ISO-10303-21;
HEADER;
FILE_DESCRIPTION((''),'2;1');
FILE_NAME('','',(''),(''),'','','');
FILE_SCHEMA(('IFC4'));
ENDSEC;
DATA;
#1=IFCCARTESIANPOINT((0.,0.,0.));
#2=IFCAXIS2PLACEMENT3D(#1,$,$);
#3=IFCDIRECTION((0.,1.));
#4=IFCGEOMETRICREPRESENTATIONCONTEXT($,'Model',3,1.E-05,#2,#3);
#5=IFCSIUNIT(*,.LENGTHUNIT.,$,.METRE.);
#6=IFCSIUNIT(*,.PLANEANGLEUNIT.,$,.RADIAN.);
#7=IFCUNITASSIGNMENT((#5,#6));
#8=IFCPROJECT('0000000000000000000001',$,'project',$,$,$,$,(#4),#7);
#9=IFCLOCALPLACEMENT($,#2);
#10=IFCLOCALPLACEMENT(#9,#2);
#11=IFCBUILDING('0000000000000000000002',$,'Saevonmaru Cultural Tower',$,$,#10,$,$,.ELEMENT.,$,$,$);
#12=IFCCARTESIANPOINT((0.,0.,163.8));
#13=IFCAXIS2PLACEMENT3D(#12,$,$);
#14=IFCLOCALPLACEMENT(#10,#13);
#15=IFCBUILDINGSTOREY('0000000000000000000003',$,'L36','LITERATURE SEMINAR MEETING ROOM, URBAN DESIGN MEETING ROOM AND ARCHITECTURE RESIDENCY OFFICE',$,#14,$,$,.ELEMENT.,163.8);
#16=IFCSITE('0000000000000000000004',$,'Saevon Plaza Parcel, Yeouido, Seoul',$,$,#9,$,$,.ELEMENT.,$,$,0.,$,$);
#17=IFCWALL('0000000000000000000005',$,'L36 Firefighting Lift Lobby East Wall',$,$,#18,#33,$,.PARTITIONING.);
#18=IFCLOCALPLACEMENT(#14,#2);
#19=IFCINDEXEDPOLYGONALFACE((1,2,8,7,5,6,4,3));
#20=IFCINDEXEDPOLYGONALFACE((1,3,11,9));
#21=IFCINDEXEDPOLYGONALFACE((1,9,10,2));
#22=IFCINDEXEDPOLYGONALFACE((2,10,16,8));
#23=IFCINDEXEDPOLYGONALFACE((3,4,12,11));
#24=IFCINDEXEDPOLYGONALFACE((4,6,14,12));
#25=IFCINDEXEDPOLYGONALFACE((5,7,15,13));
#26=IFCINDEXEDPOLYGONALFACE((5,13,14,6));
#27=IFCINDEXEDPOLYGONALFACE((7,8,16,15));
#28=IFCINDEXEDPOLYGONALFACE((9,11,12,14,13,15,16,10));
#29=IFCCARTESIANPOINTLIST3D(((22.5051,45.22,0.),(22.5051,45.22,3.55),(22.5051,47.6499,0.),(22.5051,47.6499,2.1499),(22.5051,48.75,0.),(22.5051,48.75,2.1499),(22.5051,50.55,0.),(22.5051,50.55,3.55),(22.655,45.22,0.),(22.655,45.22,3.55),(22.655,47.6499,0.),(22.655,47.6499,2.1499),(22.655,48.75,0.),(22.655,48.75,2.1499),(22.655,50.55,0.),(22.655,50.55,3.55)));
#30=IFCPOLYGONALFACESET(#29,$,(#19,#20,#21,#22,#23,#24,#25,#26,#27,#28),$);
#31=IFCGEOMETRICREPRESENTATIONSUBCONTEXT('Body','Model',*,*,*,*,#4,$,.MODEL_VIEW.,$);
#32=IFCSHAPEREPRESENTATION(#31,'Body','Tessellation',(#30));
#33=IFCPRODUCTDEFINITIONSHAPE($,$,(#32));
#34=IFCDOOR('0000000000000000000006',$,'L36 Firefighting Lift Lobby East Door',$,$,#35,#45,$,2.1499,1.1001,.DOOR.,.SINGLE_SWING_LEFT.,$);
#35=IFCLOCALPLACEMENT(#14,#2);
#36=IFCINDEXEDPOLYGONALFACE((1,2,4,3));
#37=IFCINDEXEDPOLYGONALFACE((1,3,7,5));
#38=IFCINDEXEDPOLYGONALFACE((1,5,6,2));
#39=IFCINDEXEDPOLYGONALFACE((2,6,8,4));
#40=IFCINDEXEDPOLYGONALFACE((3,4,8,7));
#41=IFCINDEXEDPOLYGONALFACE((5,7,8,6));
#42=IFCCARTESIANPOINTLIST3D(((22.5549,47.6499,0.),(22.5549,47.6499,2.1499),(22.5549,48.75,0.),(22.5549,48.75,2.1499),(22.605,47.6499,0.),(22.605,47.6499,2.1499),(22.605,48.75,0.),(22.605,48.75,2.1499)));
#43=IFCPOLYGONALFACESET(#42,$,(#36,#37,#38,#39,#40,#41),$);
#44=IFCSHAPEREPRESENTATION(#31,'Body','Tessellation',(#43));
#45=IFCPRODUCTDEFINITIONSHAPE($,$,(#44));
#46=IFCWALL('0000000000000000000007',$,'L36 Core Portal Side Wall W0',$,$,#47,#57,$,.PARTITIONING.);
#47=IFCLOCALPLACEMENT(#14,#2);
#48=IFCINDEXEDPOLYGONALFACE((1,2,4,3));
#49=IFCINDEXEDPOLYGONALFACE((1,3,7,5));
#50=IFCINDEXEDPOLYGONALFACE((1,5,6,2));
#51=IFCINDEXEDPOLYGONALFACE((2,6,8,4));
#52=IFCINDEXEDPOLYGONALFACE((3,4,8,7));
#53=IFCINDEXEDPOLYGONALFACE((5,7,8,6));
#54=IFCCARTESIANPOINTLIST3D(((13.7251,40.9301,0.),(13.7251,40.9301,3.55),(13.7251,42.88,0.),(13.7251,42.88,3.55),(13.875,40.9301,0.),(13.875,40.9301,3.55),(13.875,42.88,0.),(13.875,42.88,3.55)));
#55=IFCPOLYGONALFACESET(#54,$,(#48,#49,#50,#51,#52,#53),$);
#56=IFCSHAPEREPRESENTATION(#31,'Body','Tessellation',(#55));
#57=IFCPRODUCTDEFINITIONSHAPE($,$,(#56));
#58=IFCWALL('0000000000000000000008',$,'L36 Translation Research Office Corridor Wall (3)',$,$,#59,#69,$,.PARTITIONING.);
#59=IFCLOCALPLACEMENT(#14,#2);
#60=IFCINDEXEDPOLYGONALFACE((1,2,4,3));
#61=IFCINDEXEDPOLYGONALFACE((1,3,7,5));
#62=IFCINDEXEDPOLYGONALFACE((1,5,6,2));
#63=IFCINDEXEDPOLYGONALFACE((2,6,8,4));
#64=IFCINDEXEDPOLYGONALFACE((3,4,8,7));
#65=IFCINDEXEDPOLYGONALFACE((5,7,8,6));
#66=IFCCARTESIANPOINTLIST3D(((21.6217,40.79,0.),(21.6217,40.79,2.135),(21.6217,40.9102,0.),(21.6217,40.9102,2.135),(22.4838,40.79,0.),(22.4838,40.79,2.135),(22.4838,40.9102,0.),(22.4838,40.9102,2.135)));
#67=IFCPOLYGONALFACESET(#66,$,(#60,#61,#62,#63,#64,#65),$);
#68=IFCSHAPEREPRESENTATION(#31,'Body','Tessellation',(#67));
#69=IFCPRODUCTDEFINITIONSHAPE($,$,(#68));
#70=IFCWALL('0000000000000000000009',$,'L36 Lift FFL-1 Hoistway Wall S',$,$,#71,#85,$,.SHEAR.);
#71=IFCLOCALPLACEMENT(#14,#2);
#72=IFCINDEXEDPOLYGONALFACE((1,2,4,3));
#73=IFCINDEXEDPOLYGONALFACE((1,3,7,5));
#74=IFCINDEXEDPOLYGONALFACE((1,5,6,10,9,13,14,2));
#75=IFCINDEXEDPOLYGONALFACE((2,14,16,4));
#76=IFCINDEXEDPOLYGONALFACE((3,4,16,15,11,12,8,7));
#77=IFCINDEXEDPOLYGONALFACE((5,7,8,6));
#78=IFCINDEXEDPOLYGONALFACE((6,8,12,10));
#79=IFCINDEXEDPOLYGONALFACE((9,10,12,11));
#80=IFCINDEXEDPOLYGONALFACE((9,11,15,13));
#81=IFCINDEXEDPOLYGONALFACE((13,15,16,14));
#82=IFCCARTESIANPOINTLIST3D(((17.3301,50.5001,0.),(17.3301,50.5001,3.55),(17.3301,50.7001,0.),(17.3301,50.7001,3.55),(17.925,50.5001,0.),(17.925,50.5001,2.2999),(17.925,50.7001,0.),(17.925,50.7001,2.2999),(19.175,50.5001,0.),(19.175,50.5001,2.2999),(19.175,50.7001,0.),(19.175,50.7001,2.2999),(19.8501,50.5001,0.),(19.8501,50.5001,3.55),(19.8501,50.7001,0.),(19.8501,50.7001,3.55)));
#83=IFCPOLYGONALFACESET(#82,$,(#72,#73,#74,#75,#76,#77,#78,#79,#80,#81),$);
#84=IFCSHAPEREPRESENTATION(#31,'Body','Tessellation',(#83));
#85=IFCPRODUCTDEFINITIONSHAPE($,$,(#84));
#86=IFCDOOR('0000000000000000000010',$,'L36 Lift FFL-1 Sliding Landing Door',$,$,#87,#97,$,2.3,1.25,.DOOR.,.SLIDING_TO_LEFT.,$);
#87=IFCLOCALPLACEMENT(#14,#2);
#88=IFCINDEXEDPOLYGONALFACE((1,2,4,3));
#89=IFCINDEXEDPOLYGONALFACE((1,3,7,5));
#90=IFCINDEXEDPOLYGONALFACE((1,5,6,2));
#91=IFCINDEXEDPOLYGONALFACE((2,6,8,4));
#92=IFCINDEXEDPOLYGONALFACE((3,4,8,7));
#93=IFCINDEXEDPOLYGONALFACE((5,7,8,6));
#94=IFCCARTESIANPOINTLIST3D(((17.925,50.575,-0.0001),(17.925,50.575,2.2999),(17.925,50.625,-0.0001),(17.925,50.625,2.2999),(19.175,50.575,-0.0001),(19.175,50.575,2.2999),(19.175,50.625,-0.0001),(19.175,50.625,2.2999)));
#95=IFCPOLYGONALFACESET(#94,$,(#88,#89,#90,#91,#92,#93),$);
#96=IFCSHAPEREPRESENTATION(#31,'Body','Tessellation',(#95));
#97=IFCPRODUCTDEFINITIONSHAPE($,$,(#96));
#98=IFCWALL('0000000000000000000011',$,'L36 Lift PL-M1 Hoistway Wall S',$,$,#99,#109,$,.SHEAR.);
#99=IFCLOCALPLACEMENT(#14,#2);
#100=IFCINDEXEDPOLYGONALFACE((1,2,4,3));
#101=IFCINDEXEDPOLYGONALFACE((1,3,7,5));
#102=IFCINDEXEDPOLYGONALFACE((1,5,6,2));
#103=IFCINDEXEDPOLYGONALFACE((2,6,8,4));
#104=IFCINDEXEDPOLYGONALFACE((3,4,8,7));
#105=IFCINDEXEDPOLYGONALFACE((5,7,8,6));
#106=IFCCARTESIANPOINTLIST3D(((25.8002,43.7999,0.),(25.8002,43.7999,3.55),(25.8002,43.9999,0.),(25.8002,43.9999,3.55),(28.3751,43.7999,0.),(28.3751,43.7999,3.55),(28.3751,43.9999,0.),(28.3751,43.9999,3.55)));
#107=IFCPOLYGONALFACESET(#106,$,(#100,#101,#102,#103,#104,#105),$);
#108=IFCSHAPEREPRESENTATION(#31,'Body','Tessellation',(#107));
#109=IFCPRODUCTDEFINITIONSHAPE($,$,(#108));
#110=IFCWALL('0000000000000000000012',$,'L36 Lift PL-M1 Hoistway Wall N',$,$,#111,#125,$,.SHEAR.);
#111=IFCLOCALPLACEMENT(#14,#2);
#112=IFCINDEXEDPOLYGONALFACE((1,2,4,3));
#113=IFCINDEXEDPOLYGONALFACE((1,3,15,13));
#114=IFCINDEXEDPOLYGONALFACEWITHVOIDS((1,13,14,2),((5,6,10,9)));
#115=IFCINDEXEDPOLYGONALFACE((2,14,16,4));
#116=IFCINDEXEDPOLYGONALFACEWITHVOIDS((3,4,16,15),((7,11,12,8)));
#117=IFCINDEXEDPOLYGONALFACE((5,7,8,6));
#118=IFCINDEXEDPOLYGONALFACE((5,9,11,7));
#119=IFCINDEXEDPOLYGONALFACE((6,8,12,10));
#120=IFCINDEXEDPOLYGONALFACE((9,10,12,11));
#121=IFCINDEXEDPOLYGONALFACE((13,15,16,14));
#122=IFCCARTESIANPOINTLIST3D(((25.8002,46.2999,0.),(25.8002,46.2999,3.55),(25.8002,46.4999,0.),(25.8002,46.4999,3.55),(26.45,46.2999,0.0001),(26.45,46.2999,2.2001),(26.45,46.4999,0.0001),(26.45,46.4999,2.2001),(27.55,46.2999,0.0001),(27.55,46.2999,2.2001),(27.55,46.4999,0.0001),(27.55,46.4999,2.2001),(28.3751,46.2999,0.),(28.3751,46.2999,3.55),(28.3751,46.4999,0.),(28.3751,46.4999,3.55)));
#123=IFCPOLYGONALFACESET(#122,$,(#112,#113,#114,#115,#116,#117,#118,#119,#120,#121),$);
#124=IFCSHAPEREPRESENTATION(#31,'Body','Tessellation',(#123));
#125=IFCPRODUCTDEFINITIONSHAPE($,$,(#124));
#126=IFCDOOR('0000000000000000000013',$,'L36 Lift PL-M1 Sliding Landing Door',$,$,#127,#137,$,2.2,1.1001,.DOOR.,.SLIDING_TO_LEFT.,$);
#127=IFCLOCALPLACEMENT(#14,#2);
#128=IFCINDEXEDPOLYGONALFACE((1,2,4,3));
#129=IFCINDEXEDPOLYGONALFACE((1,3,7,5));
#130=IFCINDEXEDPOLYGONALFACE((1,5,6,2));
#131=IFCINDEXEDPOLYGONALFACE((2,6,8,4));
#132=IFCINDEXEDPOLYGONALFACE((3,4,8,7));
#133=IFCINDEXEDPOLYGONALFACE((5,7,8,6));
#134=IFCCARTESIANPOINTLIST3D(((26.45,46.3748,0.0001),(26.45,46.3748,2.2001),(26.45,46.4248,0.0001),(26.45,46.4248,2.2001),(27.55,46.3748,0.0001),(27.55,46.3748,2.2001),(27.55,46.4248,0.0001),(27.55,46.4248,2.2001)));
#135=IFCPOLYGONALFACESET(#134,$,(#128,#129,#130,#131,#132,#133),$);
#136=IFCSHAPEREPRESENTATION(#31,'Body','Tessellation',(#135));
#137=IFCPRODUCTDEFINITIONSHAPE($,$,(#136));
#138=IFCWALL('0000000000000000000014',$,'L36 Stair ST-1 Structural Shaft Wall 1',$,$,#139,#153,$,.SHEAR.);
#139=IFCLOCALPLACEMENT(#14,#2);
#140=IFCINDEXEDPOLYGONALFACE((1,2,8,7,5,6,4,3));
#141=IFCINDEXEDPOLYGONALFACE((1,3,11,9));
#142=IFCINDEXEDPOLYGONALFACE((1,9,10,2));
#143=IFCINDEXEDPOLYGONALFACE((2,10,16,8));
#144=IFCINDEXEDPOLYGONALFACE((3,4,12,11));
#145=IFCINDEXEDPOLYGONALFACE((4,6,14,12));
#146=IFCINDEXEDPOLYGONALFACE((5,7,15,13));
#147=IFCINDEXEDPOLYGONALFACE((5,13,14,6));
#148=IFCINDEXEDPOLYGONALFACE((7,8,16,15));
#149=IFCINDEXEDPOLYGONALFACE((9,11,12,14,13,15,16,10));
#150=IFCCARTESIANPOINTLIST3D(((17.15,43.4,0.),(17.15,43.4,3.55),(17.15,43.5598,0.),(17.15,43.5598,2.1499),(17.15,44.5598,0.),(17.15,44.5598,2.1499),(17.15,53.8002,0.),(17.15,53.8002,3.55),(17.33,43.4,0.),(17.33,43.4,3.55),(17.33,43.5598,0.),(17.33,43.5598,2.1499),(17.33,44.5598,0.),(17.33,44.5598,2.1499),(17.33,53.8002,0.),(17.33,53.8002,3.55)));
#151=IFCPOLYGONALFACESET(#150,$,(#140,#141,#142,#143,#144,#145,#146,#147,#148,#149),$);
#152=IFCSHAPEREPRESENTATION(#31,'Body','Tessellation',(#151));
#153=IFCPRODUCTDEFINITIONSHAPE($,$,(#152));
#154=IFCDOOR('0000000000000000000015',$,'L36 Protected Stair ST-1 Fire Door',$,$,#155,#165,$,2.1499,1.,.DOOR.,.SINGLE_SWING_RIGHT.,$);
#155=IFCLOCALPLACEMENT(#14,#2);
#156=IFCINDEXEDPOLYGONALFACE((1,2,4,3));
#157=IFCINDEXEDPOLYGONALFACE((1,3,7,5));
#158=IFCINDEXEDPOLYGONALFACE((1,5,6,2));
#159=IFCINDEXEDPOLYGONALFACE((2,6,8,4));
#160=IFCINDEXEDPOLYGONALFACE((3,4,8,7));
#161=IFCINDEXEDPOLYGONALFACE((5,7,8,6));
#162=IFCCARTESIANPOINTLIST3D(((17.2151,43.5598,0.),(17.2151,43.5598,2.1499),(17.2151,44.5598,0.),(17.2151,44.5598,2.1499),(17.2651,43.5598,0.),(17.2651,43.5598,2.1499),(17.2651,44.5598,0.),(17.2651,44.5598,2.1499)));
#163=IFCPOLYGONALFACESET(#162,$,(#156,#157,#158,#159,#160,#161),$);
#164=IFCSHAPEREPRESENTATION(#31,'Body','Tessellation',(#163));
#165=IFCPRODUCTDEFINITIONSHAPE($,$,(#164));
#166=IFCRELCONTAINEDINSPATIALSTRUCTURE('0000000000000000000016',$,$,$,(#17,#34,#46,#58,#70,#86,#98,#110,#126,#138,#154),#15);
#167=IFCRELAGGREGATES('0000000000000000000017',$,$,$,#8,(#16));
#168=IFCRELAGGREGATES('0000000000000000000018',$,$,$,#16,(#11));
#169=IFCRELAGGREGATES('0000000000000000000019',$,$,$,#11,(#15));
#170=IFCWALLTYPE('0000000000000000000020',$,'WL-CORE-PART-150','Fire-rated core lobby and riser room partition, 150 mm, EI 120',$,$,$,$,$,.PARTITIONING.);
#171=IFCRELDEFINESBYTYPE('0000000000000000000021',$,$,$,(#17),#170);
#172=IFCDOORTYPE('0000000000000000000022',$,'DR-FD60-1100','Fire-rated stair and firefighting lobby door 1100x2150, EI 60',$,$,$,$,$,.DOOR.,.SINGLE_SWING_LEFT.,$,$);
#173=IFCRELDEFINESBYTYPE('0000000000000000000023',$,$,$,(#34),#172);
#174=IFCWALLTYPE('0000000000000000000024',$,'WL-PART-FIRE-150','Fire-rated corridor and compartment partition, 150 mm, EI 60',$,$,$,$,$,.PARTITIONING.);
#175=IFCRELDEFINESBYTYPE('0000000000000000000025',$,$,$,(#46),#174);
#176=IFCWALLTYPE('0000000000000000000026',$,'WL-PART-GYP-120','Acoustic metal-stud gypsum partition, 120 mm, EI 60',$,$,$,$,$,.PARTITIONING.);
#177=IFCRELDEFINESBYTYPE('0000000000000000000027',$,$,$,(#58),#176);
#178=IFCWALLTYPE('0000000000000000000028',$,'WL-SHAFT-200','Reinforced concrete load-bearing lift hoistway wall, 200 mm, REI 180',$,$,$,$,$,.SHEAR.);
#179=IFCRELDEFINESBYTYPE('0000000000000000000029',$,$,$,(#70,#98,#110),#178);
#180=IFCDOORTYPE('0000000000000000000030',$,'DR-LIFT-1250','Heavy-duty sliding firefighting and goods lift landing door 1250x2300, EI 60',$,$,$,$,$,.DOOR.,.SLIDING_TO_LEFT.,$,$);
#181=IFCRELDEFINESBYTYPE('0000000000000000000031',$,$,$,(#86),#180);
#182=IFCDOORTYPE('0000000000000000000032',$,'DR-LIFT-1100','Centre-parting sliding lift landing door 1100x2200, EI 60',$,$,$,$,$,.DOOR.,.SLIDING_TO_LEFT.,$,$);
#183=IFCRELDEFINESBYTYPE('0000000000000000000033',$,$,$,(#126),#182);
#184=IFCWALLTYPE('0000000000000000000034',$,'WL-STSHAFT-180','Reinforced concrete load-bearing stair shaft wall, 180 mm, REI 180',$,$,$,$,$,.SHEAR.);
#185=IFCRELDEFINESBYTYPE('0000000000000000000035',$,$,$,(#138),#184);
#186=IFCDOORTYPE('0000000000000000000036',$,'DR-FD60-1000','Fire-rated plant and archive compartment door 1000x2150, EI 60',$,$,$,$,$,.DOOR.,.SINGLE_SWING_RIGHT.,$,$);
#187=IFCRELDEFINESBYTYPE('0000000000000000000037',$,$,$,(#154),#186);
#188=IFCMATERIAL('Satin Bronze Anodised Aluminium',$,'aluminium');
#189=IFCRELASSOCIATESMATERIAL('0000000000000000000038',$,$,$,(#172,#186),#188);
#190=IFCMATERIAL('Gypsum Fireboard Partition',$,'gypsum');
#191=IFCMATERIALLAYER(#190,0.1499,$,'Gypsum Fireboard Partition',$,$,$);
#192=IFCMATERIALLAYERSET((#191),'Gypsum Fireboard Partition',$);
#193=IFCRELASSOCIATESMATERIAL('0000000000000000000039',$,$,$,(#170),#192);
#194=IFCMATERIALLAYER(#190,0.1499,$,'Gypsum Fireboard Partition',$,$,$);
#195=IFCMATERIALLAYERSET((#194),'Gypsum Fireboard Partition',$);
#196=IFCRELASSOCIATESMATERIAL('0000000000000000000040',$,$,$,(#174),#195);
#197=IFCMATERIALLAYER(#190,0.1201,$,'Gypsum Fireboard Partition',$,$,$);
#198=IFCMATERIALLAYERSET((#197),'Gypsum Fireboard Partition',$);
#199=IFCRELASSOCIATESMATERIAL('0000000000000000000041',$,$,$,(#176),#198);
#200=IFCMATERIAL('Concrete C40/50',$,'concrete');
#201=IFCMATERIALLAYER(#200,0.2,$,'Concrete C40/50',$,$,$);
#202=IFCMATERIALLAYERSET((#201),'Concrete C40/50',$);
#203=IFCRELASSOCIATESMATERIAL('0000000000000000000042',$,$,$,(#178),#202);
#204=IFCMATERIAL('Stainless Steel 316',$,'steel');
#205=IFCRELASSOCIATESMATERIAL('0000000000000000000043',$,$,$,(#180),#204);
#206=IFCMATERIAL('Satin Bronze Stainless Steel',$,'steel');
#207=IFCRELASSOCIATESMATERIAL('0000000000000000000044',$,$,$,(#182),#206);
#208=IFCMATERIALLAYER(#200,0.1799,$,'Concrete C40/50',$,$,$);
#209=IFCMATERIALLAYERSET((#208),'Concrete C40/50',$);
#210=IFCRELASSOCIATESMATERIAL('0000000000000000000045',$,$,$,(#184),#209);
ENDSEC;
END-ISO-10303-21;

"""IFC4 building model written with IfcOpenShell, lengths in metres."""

from ifc_helpers import new_model, si_unit, direction, frame, frame_2d, origin, place, context, subcontext, project, spatial, rectangle, extrude, material, layer, layer_set, type_object, element, fill, save


model = new_model("IFC4")

# Units and contexts
model_context = context("Model", 3, precision=1e-05, world=origin(), true_north=direction((0.0, 1.0)))
body_context = subcontext(model_context, "Body", "Model", "MODEL_VIEW")
ifc_project = project(units=[si_unit("LENGTHUNIT", "METRE"), si_unit("PLANEANGLEUNIT", "RADIAN")], contexts=[model_context])

# Site, building, storey
site_placement = place(None, origin())
site = spatial("IfcSite", under=ifc_project, at=site_placement, Name="Saevon Plaza Parcel, Yeouido, Seoul", CompositionType="ELEMENT", RefElevation=0.0)
building_placement = place(site_placement, origin())
building = spatial("IfcBuilding", under=site, at=building_placement, Name="Saevonmaru Cultural Tower", CompositionType="ELEMENT")
storey_placement = place(building_placement, frame((0.0, 0.0, 163.8)))
storey = spatial("IfcBuildingStorey", under=building, at=storey_placement, Name="L36", Description="LITERATURE SEMINAR MEETING ROOM, URBAN DESIGN MEETING ROOM AND ARCHITECTURE RESIDENCY OFFICE", CompositionType="ELEMENT", Elevation=163.8)

# Shared definitions
ifc_material_1 = material(Name="Satin Bronze Anodised Aluminium", Category="aluminium")
door_type_1 = type_object("IfcDoorType", Name="DR-FD60-1100", Description="Fire-rated stair and firefighting lobby door 1100x2150, EI 60", OperationType="SINGLE_SWING_LEFT", PredefinedType="DOOR", material=ifc_material_1)

# Wall, opening, door
ifc_material_2 = material(Name="Gypsum Fireboard Partition", Category="gypsum")
ifc_layer_1 = layer(ifc_material_2, 0.1499, Name="Gypsum Fireboard Partition")
ifc_layer_set_1 = layer_set([ifc_layer_1], Name="Gypsum Fireboard Partition")
wall_type_1 = type_object("IfcWallType", Name="WL-CORE-PART-150", Description="Fire-rated core lobby and riser room partition, 150 mm, EI 120", PredefinedType="PARTITIONING", material=ifc_layer_set_1)
wall_1_placement = place(storey_placement, frame((22.5801, 50.55, 0.0), z_axis=(0.0, 0.0, 1.0), x_axis=(0.0, -1.0, 0.0)))
wall_1 = element("IfcWall", 1, at=wall_1_placement, inside=storey, type_object=wall_type_1, Name="L36 Firefighting Lift Lobby East Wall", PredefinedType="PARTITIONING", context=body_context, shape_type="SweptSolid", body=[
    extrude(rectangle(XDim=5.3301, YDim=0.1499, at=frame_2d((2.665, 0.0))), origin(), (0.0, 0.0, 1.0), 3.55),
])
opening_1_placement = place(wall_1_placement, frame((1.8, 0.0, 0.0)))
opening_1 = element("IfcOpeningElement", 2, at=opening_1_placement, cuts=wall_1, PredefinedType="OPENING", context=body_context, shape_type="SweptSolid", body=[
    extrude(rectangle(XDim=1.1001, YDim=2.1499, at=frame_2d((0.55, 1.075))), frame((0.0, 0.085, 0.0), z_axis=(0.0, -1.0, 0.0), x_axis=(1.0, 0.0, 0.0)), (0.0, 0.0, 1.0), 0.1699),
])
door_1_placement = place(opening_1_placement, origin())
door_1 = element("IfcDoor", 3, at=door_1_placement, inside=storey, type_object=door_type_1, Name="L36 Firefighting Lift Lobby East Door", OperationType="SINGLE_SWING_LEFT", OverallHeight=2.1499, OverallWidth=1.1001, PredefinedType="DOOR", context=body_context, shape_type="SweptSolid", body=[
    extrude(rectangle(XDim=1.1001, YDim=2.1499, at=frame_2d((0.55, 1.075))), frame((0.0, 0.0249, 0.0), z_axis=(0.0, -1.0, 0.0), x_axis=(1.0, 0.0, 0.0)), (0.0, 0.0, 1.0), 0.05),
])
fill(opening_1, door_1)

# Walls
ifc_layer_2 = layer(ifc_material_2, 0.1499, Name="Gypsum Fireboard Partition")
ifc_layer_set_2 = layer_set([ifc_layer_2], Name="Gypsum Fireboard Partition")
wall_type_2 = type_object("IfcWallType", Name="WL-PART-FIRE-150", Description="Fire-rated corridor and compartment partition, 150 mm, EI 60", PredefinedType="PARTITIONING", material=ifc_layer_set_2)
wall_2_placement = place(storey_placement, frame((13.8, 40.9299, 0.0), z_axis=(0.0, 0.0, 1.0), x_axis=(0.0, 1.0, 0.0)))
element("IfcWall", 4, at=wall_2_placement, inside=storey, type_object=wall_type_2, Name="L36 Core Portal Side Wall W0", PredefinedType="PARTITIONING", context=body_context, shape_type="SweptSolid", body=[
    extrude(rectangle(XDim=1.95, YDim=0.1499, at=frame_2d((0.9751, 0.0))), origin(), (0.0, 0.0, 1.0), 3.55),
])
ifc_layer_3 = layer(ifc_material_2, 0.1201, Name="Gypsum Fireboard Partition")
ifc_layer_set_3 = layer_set([ifc_layer_3], Name="Gypsum Fireboard Partition")
wall_type_3 = type_object("IfcWallType", Name="WL-PART-GYP-120", Description="Acoustic metal-stud gypsum partition, 120 mm, EI 60", PredefinedType="PARTITIONING", material=ifc_layer_set_3)
wall_3_placement = place(storey_placement, frame((21.6216, 40.8501, 0.0), z_axis=(0.0, 0.0, 1.0), x_axis=(1.0, 0.0, 0.0)))
element("IfcWall", 5, at=wall_3_placement, inside=storey, type_object=wall_type_3, Name="L36 Translation Research Office Corridor Wall (3)", PredefinedType="PARTITIONING", context=body_context, shape_type="SweptSolid", body=[
    extrude(rectangle(XDim=0.8621, YDim=0.1201, at=frame_2d((0.4312, 0.0))), origin(), (0.0, 0.0, 1.0), 2.135),
])

# Wall, opening, door
ifc_material_3 = material(Name="Concrete C40/50", Category="concrete")
ifc_layer_4 = layer(ifc_material_3, 0.2, Name="Concrete C40/50")
ifc_layer_set_4 = layer_set([ifc_layer_4], Name="Concrete C40/50")
wall_type_4 = type_object("IfcWallType", Name="WL-SHAFT-200", Description="Reinforced concrete load-bearing lift hoistway wall, 200 mm, REI 180", PredefinedType="SHEAR", material=ifc_layer_set_4)
wall_4_placement = place(storey_placement, frame((17.3301, 50.6001, 0.0), z_axis=(0.0, 0.0, 1.0), x_axis=(1.0, 0.0, 0.0)))
wall_4 = element("IfcWall", 6, at=wall_4_placement, inside=storey, type_object=wall_type_4, Name="L36 Lift FFL-1 Hoistway Wall S", PredefinedType="SHEAR", context=body_context, shape_type="SweptSolid", body=[
    extrude(rectangle(XDim=2.52, YDim=0.2, at=frame_2d((1.26, 0.0))), origin(), (0.0, 0.0, 1.0), 3.55),
])
opening_2_placement = place(wall_4_placement, frame((0.595, 0.0, 0.0)))
opening_2 = element("IfcOpeningElement", 7, at=opening_2_placement, cuts=wall_4, PredefinedType="OPENING", context=body_context, shape_type="SweptSolid", body=[
    extrude(rectangle(XDim=1.25, YDim=2.3, at=frame_2d((0.625, 1.1499))), frame((0.0, 0.1099, 0.0), z_axis=(0.0, -1.0, 0.0), x_axis=(1.0, 0.0, 0.0)), (0.0, 0.0, 1.0), 0.22),
])
ifc_material_4 = material(Name="Stainless Steel 316", Category="steel")
door_type_2 = type_object("IfcDoorType", Name="DR-LIFT-1250", Description="Heavy-duty sliding firefighting and goods lift landing door 1250x2300, EI 60", OperationType="SLIDING_TO_LEFT", PredefinedType="DOOR", material=ifc_material_4)
door_2_placement = place(opening_2_placement, origin())
door_2 = element("IfcDoor", 8, at=door_2_placement, inside=storey, type_object=door_type_2, Name="L36 Lift FFL-1 Sliding Landing Door", OperationType="SLIDING_TO_LEFT", OverallHeight=2.3, OverallWidth=1.25, PredefinedType="DOOR", context=body_context, shape_type="SweptSolid", body=[
    extrude(rectangle(XDim=1.25, YDim=2.3, at=frame_2d((0.625, 1.1499))), frame((0.0, 0.0249, 0.0), z_axis=(0.0, -1.0, 0.0), x_axis=(1.0, 0.0, 0.0)), (0.0, 0.0, 1.0), 0.05),
])
fill(opening_2, door_2)

# Wall
wall_5_placement = place(storey_placement, frame((25.8, 43.8999, 0.0), z_axis=(0.0, 0.0, 1.0), x_axis=(1.0, 0.0, 0.0)))
element("IfcWall", 9, at=wall_5_placement, inside=storey, type_object=wall_type_4, Name="L36 Lift PL-M1 Hoistway Wall S", PredefinedType="SHEAR", context=body_context, shape_type="SweptSolid", body=[
    extrude(rectangle(XDim=2.575, YDim=0.2, at=frame_2d((1.2876, 0.0))), origin(), (0.0, 0.0, 1.0), 3.55),
])

# Walls, openings, doors
wall_6_placement = place(storey_placement, frame((25.8, 46.3999, 0.0), z_axis=(0.0, 0.0, 1.0), x_axis=(1.0, 0.0, 0.0)))
wall_6 = element("IfcWall", 10, at=wall_6_placement, inside=storey, type_object=wall_type_4, Name="L36 Lift PL-M1 Hoistway Wall N", PredefinedType="SHEAR", context=body_context, shape_type="SweptSolid", body=[
    extrude(rectangle(XDim=2.575, YDim=0.2, at=frame_2d((1.2876, 0.0))), origin(), (0.0, 0.0, 1.0), 3.55),
])
opening_3_placement = place(wall_6_placement, frame((0.6499, 0.0, 0.0)))
opening_3 = element("IfcOpeningElement", 11, at=opening_3_placement, cuts=wall_6, PredefinedType="OPENING", context=body_context, shape_type="SweptSolid", body=[
    extrude(rectangle(XDim=1.1001, YDim=2.2, at=frame_2d((0.55, 1.1001))), frame((0.0, 0.1099, 0.0), z_axis=(0.0, -1.0, 0.0), x_axis=(1.0, 0.0, 0.0)), (0.0, 0.0, 1.0), 0.22),
])
ifc_material_5 = material(Name="Satin Bronze Stainless Steel", Category="steel")
door_type_3 = type_object("IfcDoorType", Name="DR-LIFT-1100", Description="Centre-parting sliding lift landing door 1100x2200, EI 60", OperationType="SLIDING_TO_LEFT", PredefinedType="DOOR", material=ifc_material_5)
door_3_placement = place(opening_3_placement, origin())
door_3 = element("IfcDoor", 12, at=door_3_placement, inside=storey, type_object=door_type_3, Name="L36 Lift PL-M1 Sliding Landing Door", OperationType="SLIDING_TO_LEFT", OverallHeight=2.2, OverallWidth=1.1001, PredefinedType="DOOR", context=body_context, shape_type="SweptSolid", body=[
    extrude(rectangle(XDim=1.1001, YDim=2.2, at=frame_2d((0.55, 1.1001))), frame((0.0, 0.0249, 0.0), z_axis=(0.0, -1.0, 0.0), x_axis=(1.0, 0.0, 0.0)), (0.0, 0.0, 1.0), 0.05),
])
fill(opening_3, door_3)
ifc_layer_5 = layer(ifc_material_3, 0.1799, Name="Concrete C40/50")
ifc_layer_set_5 = layer_set([ifc_layer_5], Name="Concrete C40/50")
wall_type_5 = type_object("IfcWallType", Name="WL-STSHAFT-180", Description="Reinforced concrete load-bearing stair shaft wall, 180 mm, REI 180", PredefinedType="SHEAR", material=ifc_layer_set_5)
wall_7_placement = place(storey_placement, frame((17.24, 43.3999, 0.0), z_axis=(0.0, 0.0, 1.0), x_axis=(0.0, 1.0, 0.0)))
wall_7 = element("IfcWall", 13, at=wall_7_placement, inside=storey, type_object=wall_type_5, Name="L36 Stair ST-1 Structural Shaft Wall 1", PredefinedType="SHEAR", context=body_context, shape_type="SweptSolid", body=[
    extrude(rectangle(XDim=10.4001, YDim=0.1799, at=frame_2d((5.2002, 0.0))), origin(), (0.0, 0.0, 1.0), 3.55),
])
opening_4_placement = place(wall_7_placement, frame((0.1599, 0.0, 0.0)))
opening_4 = element("IfcOpeningElement", 14, at=opening_4_placement, cuts=wall_7, PredefinedType="OPENING", context=body_context, shape_type="SweptSolid", body=[
    extrude(rectangle(XDim=1.0, YDim=2.1499, at=frame_2d((0.5, 1.075))), frame((0.0, 0.1001, 0.0), z_axis=(0.0, -1.0, 0.0), x_axis=(1.0, 0.0, 0.0)), (0.0, 0.0, 1.0), 0.2),
])
door_type_4 = type_object("IfcDoorType", Name="DR-FD60-1000", Description="Fire-rated plant and archive compartment door 1000x2150, EI 60", OperationType="SINGLE_SWING_RIGHT", PredefinedType="DOOR", material=ifc_material_1)
door_4_placement = place(opening_4_placement, origin())
door_4 = element("IfcDoor", 15, at=door_4_placement, inside=storey, type_object=door_type_4, Name="L36 Protected Stair ST-1 Fire Door", OperationType="SINGLE_SWING_RIGHT", OverallHeight=2.1499, OverallWidth=1.0, PredefinedType="DOOR", context=body_context, shape_type="SweptSolid", body=[
    extrude(rectangle(XDim=1.0, YDim=2.1499, at=frame_2d((0.5, 1.075))), frame((0.0, 0.0249, 0.0), z_axis=(0.0, -1.0, 0.0), x_axis=(1.0, 0.0, 0.0)), (0.0, 0.0, 1.0), 0.05),
])
fill(opening_4, door_4)

save(model, "model.ifc")
